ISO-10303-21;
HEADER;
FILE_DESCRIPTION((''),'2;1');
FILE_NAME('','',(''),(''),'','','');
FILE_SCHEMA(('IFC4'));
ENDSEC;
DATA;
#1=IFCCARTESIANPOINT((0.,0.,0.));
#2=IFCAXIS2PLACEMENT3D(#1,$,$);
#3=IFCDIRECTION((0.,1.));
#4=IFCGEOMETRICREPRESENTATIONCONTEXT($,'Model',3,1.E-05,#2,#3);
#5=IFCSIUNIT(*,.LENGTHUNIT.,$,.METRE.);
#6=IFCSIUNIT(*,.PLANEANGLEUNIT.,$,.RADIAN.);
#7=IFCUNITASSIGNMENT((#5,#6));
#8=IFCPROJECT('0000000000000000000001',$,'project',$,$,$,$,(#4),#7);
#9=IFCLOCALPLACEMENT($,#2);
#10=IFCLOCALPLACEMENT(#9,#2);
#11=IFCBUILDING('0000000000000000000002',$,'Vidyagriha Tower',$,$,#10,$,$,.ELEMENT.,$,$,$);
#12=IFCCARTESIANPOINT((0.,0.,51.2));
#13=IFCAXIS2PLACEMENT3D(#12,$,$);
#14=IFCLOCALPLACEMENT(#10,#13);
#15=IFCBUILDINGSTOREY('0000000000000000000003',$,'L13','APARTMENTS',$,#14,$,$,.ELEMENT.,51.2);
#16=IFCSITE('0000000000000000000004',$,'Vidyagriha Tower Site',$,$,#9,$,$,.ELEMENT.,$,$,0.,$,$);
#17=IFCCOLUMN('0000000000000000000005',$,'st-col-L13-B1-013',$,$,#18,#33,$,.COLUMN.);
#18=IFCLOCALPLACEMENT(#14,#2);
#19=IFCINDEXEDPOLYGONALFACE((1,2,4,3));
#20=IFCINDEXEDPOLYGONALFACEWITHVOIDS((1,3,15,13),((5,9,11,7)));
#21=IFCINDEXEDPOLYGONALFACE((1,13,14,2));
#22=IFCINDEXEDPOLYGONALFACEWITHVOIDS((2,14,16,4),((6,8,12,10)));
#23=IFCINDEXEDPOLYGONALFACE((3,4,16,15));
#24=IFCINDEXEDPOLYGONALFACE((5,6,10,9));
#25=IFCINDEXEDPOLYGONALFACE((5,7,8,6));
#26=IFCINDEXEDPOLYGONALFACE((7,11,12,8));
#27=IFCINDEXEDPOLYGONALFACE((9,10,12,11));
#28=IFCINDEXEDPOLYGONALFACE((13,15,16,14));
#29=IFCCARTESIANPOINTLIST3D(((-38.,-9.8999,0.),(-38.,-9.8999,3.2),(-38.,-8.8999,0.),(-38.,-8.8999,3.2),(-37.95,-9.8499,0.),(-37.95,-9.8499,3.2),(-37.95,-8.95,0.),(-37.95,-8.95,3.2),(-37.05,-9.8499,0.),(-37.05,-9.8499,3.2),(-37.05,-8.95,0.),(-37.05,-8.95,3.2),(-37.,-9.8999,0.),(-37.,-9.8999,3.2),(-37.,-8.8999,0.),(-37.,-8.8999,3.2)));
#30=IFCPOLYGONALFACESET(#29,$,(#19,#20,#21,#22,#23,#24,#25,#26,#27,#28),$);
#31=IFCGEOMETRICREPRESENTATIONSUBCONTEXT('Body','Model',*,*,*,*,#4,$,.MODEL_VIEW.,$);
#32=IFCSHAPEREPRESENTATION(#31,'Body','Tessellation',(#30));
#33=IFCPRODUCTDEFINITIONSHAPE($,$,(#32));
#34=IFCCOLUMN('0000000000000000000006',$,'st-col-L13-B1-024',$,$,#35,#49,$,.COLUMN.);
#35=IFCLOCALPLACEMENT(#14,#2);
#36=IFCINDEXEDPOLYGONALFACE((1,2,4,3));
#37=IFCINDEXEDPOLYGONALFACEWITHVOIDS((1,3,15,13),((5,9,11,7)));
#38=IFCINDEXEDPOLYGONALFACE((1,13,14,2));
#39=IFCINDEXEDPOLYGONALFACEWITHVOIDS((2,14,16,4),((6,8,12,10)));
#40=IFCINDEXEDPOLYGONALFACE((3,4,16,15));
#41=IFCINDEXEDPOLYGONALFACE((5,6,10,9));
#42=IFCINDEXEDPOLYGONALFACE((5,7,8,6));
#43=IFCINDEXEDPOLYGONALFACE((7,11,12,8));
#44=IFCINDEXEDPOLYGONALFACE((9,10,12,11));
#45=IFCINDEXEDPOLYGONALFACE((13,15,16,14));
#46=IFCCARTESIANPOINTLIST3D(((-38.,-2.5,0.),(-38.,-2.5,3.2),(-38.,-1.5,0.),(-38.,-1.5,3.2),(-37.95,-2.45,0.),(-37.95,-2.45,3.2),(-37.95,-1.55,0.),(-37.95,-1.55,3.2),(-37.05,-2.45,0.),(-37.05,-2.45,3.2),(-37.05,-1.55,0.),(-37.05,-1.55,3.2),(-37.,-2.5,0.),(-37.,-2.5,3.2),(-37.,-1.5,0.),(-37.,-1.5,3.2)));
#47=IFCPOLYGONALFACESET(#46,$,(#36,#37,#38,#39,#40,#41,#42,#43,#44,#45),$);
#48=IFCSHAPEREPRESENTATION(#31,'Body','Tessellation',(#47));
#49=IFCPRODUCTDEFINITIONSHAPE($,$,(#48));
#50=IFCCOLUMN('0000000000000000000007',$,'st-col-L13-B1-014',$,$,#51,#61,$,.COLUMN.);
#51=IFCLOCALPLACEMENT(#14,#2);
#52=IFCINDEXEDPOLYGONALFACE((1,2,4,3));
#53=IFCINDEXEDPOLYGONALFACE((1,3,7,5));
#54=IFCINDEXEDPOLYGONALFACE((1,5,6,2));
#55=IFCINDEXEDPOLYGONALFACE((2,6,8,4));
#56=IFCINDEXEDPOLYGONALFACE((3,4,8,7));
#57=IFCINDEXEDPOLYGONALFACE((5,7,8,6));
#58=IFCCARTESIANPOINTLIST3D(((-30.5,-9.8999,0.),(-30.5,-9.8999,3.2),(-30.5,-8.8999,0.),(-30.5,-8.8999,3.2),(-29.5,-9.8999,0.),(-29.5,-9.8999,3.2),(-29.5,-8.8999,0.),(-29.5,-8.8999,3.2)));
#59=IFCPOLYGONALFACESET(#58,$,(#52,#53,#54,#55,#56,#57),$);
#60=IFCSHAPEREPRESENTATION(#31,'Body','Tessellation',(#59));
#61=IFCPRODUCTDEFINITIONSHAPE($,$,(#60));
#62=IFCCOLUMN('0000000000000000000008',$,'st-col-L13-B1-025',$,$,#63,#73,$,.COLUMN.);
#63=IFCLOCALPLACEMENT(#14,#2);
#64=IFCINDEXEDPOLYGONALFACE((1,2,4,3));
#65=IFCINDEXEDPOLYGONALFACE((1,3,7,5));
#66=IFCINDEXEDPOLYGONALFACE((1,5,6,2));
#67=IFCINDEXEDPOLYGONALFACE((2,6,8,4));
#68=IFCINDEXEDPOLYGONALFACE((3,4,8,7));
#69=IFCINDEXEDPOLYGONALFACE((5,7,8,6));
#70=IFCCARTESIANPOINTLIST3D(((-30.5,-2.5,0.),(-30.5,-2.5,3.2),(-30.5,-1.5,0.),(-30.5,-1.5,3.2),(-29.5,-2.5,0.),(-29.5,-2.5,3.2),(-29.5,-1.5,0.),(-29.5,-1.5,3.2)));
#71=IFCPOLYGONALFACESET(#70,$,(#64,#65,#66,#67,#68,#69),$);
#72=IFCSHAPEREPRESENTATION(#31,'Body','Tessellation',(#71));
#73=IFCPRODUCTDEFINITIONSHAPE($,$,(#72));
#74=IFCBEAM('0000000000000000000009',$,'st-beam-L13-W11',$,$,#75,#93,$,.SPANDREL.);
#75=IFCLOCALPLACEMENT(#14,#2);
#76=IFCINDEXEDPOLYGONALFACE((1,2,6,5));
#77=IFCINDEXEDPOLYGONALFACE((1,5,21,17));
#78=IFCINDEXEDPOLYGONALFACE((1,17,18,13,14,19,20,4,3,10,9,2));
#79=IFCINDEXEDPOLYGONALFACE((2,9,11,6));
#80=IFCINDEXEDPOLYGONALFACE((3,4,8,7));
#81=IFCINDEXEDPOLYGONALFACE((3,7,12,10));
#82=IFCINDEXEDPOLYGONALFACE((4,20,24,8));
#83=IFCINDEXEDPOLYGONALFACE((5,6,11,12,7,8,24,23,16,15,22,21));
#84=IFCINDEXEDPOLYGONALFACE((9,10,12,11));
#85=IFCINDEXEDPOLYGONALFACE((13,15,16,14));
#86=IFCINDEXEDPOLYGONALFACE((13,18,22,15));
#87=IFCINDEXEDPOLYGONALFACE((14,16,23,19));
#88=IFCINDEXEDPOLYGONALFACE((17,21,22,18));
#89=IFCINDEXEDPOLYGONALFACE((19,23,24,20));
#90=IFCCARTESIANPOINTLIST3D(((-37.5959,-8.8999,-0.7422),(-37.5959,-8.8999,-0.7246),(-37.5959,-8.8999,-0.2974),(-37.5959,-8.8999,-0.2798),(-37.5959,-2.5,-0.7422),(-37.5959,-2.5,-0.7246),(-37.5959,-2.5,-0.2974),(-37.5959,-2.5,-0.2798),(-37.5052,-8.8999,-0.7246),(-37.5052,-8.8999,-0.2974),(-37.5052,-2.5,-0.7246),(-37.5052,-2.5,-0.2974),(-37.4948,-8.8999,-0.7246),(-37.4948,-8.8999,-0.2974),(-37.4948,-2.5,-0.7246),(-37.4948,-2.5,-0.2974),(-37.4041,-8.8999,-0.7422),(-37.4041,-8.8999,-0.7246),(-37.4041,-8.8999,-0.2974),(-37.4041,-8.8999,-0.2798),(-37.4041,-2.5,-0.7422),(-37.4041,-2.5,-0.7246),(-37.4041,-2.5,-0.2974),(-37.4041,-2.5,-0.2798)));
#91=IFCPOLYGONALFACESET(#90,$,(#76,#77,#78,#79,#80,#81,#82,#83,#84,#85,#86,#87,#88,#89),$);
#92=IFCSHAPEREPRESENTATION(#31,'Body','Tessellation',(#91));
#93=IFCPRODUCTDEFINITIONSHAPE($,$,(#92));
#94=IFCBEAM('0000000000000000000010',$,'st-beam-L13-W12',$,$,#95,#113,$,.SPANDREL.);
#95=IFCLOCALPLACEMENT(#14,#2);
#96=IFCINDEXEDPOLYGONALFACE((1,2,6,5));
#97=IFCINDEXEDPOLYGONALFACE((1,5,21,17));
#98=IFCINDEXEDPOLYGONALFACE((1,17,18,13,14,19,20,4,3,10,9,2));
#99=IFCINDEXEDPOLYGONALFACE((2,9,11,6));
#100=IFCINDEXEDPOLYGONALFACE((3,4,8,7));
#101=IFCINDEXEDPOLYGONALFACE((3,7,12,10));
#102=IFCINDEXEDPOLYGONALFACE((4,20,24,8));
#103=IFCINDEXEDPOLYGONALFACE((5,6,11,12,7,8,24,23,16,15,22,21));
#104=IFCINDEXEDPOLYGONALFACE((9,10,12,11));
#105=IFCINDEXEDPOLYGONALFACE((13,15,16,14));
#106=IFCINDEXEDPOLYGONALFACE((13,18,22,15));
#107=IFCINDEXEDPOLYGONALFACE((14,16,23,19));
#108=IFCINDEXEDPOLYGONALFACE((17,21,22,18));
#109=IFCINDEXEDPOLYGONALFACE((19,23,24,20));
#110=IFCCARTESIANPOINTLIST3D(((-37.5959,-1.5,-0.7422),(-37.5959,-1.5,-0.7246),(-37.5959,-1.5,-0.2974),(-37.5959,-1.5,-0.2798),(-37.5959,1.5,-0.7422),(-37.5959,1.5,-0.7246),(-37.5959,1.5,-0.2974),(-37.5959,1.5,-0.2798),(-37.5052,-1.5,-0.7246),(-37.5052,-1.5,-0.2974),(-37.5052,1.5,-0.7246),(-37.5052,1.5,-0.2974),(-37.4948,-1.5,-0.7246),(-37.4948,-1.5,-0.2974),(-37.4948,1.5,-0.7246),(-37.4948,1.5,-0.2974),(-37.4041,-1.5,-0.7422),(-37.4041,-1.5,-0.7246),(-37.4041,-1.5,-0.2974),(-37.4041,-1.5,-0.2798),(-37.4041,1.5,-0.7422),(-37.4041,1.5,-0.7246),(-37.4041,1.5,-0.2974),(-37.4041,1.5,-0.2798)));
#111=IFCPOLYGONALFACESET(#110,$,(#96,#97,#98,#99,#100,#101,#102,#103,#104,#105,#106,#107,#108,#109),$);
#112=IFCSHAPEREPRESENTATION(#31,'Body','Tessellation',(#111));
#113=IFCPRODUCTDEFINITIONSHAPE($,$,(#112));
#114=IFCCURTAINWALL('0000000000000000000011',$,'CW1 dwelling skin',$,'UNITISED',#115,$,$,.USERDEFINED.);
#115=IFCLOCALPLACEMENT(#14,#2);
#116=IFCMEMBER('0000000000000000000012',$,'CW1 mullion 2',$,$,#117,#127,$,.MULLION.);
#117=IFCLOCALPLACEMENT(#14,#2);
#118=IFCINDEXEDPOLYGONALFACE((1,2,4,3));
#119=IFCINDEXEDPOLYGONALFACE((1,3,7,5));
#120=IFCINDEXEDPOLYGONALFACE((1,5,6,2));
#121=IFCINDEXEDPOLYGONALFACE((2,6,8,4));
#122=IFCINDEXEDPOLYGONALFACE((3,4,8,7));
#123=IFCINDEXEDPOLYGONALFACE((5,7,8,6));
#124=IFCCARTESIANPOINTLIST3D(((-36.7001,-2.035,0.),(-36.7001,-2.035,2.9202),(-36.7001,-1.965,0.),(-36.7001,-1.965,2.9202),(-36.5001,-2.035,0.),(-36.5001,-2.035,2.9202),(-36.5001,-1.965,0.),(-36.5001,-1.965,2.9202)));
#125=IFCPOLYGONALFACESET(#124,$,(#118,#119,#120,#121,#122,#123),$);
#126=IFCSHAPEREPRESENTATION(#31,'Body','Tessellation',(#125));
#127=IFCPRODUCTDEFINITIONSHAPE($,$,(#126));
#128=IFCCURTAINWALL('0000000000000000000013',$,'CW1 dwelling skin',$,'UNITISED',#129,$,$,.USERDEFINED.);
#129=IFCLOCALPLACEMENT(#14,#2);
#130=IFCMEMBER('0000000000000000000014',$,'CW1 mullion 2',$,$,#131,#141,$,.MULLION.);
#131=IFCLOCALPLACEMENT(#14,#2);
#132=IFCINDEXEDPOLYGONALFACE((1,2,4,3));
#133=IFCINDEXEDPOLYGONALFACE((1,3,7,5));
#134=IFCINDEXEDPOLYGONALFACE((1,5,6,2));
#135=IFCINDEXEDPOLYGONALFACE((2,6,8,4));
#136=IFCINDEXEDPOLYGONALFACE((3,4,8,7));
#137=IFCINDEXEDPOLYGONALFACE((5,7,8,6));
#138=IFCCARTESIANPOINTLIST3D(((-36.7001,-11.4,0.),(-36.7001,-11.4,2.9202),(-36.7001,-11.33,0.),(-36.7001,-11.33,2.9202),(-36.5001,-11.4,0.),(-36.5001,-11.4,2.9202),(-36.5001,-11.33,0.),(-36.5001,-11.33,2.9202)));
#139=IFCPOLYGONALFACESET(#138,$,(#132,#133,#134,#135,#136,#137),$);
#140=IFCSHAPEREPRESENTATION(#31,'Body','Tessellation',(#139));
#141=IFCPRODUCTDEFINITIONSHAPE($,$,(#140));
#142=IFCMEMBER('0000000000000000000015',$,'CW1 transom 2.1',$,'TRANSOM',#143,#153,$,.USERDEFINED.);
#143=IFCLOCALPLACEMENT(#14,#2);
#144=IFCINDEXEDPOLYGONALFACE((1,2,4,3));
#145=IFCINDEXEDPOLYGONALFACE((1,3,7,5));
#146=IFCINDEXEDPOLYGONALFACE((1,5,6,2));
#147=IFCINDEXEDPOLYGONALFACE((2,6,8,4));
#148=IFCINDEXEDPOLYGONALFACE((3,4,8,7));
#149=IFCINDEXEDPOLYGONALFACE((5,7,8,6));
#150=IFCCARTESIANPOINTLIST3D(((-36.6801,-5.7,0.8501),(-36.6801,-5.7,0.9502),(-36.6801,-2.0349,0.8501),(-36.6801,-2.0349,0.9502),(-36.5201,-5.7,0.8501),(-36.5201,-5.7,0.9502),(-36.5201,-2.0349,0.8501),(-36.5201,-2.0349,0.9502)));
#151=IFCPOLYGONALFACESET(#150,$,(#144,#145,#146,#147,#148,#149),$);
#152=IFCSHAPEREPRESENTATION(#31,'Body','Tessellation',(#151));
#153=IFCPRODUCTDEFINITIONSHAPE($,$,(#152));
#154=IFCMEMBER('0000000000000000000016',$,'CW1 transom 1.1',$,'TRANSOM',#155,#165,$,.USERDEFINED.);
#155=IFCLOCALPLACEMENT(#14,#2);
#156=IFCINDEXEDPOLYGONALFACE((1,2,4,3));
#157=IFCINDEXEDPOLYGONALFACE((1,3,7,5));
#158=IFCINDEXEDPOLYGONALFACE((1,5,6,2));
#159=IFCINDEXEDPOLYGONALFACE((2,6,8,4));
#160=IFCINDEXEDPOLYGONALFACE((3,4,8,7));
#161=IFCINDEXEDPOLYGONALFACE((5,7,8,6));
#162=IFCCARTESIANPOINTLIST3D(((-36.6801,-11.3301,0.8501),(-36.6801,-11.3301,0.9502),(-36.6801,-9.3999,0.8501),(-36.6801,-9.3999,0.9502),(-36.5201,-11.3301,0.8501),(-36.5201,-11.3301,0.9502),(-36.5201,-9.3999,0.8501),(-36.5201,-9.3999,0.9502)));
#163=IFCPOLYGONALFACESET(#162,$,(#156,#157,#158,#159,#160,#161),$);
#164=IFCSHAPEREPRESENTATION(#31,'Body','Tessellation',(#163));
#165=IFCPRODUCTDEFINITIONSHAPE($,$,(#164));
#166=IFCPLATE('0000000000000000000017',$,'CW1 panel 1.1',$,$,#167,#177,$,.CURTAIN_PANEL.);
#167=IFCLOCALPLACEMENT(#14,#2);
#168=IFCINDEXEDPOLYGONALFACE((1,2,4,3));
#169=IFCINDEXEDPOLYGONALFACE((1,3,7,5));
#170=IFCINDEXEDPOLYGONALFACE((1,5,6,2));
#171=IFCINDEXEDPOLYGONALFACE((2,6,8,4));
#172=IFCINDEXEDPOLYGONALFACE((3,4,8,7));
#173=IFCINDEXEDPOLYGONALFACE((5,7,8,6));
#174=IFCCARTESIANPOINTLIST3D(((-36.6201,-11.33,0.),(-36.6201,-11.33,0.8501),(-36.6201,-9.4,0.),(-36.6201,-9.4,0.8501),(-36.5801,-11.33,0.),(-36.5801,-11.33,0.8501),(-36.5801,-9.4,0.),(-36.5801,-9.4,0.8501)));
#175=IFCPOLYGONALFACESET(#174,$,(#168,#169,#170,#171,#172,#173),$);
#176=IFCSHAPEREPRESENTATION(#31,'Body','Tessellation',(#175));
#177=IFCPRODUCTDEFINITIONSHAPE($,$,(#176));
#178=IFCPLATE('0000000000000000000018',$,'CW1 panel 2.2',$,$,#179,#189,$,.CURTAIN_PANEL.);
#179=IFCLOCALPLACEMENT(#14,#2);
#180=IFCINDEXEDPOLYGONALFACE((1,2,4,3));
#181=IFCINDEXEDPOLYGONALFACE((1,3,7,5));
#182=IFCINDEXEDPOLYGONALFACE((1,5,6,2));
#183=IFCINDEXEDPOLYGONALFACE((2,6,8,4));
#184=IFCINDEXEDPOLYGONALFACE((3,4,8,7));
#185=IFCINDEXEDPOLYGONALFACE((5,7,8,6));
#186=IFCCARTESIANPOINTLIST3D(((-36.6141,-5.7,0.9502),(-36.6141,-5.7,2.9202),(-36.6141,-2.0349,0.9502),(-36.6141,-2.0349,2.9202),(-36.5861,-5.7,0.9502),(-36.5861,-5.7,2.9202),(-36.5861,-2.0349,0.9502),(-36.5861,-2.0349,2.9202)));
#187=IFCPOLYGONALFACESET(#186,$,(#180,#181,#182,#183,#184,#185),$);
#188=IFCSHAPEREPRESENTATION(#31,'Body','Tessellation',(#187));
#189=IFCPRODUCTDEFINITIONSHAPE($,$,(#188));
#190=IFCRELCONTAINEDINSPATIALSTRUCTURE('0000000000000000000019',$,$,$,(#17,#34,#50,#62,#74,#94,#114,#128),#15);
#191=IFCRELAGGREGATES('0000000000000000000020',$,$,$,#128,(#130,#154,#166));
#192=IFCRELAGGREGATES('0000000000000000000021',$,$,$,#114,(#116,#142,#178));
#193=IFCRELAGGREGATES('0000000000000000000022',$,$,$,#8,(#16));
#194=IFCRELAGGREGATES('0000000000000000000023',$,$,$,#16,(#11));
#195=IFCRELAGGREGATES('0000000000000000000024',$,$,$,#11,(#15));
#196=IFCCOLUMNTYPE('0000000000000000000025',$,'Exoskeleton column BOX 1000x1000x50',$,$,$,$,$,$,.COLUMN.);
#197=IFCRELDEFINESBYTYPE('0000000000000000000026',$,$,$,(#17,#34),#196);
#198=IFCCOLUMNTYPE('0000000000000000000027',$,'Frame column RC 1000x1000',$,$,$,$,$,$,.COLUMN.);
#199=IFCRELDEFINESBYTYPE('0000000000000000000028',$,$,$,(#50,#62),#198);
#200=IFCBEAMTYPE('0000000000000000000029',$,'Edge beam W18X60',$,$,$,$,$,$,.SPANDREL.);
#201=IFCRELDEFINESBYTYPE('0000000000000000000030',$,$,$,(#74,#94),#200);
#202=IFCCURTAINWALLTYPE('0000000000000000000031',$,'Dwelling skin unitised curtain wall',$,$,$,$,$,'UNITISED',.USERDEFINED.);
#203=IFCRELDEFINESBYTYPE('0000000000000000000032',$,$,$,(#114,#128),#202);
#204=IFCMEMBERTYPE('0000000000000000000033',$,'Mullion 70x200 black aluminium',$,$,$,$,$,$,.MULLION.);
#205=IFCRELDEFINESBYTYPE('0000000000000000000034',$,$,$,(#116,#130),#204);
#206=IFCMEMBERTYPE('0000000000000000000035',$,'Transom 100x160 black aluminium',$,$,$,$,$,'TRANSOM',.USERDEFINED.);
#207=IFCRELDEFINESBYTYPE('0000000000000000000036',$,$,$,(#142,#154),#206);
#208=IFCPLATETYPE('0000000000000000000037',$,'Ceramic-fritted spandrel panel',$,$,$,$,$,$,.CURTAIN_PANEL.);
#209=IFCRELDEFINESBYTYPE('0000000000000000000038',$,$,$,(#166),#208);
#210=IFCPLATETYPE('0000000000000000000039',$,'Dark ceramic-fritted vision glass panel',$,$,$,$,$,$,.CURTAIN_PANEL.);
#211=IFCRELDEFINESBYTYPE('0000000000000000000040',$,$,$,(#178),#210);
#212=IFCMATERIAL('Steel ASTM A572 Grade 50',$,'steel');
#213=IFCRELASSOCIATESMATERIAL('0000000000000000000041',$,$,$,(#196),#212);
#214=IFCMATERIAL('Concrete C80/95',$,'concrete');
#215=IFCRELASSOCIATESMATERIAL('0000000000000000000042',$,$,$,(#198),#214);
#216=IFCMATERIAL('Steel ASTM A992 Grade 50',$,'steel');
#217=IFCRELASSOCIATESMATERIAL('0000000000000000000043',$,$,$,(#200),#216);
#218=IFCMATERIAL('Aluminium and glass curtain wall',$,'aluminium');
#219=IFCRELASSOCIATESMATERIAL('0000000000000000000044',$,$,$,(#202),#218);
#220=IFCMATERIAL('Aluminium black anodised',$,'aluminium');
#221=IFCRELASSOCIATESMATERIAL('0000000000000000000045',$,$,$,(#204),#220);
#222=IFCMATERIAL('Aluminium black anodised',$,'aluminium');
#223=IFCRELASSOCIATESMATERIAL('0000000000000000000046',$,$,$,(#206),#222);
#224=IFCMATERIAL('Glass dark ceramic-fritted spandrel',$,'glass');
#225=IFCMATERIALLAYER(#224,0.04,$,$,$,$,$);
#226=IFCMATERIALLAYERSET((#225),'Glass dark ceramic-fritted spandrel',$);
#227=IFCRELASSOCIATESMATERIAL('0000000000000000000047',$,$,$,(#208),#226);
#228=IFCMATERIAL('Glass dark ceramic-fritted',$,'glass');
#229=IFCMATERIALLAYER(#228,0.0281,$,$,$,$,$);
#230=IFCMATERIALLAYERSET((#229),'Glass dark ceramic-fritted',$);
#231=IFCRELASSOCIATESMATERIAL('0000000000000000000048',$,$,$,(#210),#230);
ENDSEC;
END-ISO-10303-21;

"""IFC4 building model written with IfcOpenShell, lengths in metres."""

from ifc_helpers import new_model, si_unit, direction, frame, origin, origin_2d, place, context, subcontext, project, spatial, rectangle, hollow_rectangle, i_section, extrude, material, layer, layer_set, material_profile, profile_set, type_object, element, aggregate, save


model = new_model("IFC4")

# Units and contexts
model_context = context("Model", 3, precision=1e-05, world=origin(), true_north=direction((0.0, 1.0)))
body_context = subcontext(model_context, "Body", "Model", "MODEL_VIEW")
ifc_project = project(units=[si_unit("LENGTHUNIT", "METRE"), si_unit("PLANEANGLEUNIT", "RADIAN")], contexts=[model_context])

# Site, building, storey
site_placement = place(None, origin())
site = spatial("IfcSite", under=ifc_project, at=site_placement, Name="Vidyagriha Tower Site", CompositionType="ELEMENT", RefElevation=0.0)
building_placement = place(site_placement, origin())
building = spatial("IfcBuilding", under=site, at=building_placement, Name="Vidyagriha Tower", CompositionType="ELEMENT")
storey_placement = place(building_placement, frame((0.0, 0.0, 51.2)))
storey = spatial("IfcBuildingStorey", under=building, at=storey_placement, Name="L13", Description="APARTMENTS", CompositionType="ELEMENT", Elevation=51.2)

# Columns
ifc_material_1 = material(Name="Steel ASTM A572 Grade 50", Category="steel")
ifc_material_profile_1 = material_profile(ifc_material_1, hollow_rectangle(XDim=1.0, YDim=1.0, WallThickness=0.05, at=origin_2d()), Name="BOX 1000x1000x50")
ifc_profile_set_1 = profile_set([ifc_material_profile_1], Name="Steel ASTM A572 Grade 50")
column_type_1 = type_object("IfcColumnType", Name="Exoskeleton column BOX 1000x1000x50", PredefinedType="COLUMN", material=ifc_profile_set_1)
for number, where, name in (
    (1, (-37.5, -9.3999, 0.0), "st-col-L13-B1-013"),
    (2, (-37.5, -2.0, 0.0), "st-col-L13-B1-024"),
):
    element("IfcColumn", number, at=place(storey_placement, frame(where)), inside=storey, type_object=column_type_1, Name=name, PredefinedType="COLUMN", context=body_context, shape_type="SweptSolid", body=[
        extrude(hollow_rectangle(XDim=1.0, YDim=1.0, WallThickness=0.05, at=origin_2d()), origin(), (0.0, 0.0, 1.0), 3.2),
    ])
ifc_material_2 = material(Name="Concrete C80/95", Category="concrete")
ifc_material_profile_2 = material_profile(ifc_material_2, rectangle(XDim=1.0, YDim=1.0, at=origin_2d()), Name="RC 1000x1000")
ifc_profile_set_2 = profile_set([ifc_material_profile_2], Name="Concrete C80/95")
column_type_2 = type_object("IfcColumnType", Name="Frame column RC 1000x1000", PredefinedType="COLUMN", material=ifc_profile_set_2)
for number, where, name in (
    (3, (-30.0, -9.3999, 0.0), "st-col-L13-B1-014"),
    (4, (-30.0, -2.0, 0.0), "st-col-L13-B1-025"),
):
    element("IfcColumn", number, at=place(storey_placement, frame(where)), inside=storey, type_object=column_type_2, Name=name, PredefinedType="COLUMN", context=body_context, shape_type="SweptSolid", body=[
        extrude(rectangle(XDim=1.0, YDim=1.0, at=origin_2d()), origin(), (0.0, 0.0, 1.0), 3.2),
    ])

# Beams
ifc_material_3 = material(Name="Steel ASTM A992 Grade 50", Category="steel")
ifc_material_profile_3 = material_profile(ifc_material_3, i_section(OverallWidth=0.1919, OverallDepth=0.4624, WebThickness=0.0105, FlangeThickness=0.0176, at=origin_2d()), Name="W18X60")
ifc_profile_set_3 = profile_set([ifc_material_profile_3], Name="Steel ASTM A992 Grade 50")
beam_type = type_object("IfcBeamType", Name="Edge beam W18X60", PredefinedType="SPANDREL", material=ifc_profile_set_3)
beam_1_placement = place(storey_placement, frame((-37.5, -8.8999, -0.511), z_axis=(0.0, 1.0, 0.0), x_axis=(-1.0, 0.0, 0.0)))
element("IfcBeam", 5, at=beam_1_placement, inside=storey, type_object=beam_type, Name="st-beam-L13-W11", PredefinedType="SPANDREL", context=body_context, shape_type="SweptSolid", body=[
    extrude(i_section(OverallWidth=0.1919, OverallDepth=0.4624, WebThickness=0.0105, FlangeThickness=0.0176, at=origin_2d()), origin(), (0.0, 0.0, 1.0), 6.3999),
])
beam_2_placement = place(storey_placement, frame((-37.5, -1.5, -0.511), z_axis=(0.0, 1.0, 0.0), x_axis=(-1.0, 0.0, 0.0)))
element("IfcBeam", 6, at=beam_2_placement, inside=storey, type_object=beam_type, Name="st-beam-L13-W12", PredefinedType="SPANDREL", context=body_context, shape_type="SweptSolid", body=[
    extrude(i_section(OverallWidth=0.1919, OverallDepth=0.4624, WebThickness=0.0105, FlangeThickness=0.0176, at=origin_2d()), origin(), (0.0, 0.0, 1.0), 3.0),
])

# Curtain walls, members
ifc_material_4 = material(Name="Aluminium and glass curtain wall", Category="aluminium")
curtain_wall_type = type_object("IfcCurtainWallType", Name="Dwelling skin unitised curtain wall", ElementType="UNITISED", PredefinedType="USERDEFINED", material=ifc_material_4)
curtain_wall_1_placement = place(storey_placement, origin())
curtain_wall_1 = element("IfcCurtainWall", 7, at=curtain_wall_1_placement, inside=storey, type_object=curtain_wall_type, Name="CW1 dwelling skin", ObjectType="UNITISED", PredefinedType="USERDEFINED")
ifc_material_5 = material(Name="Aluminium black anodised", Category="aluminium")
ifc_material_profile_4 = material_profile(ifc_material_5, rectangle(XDim=0.2, YDim=0.0701, at=origin_2d()), Name="Mullion 70x200 black aluminium")
ifc_profile_set_4 = profile_set([ifc_material_profile_4], Name="Aluminium black anodised")
member_type_1 = type_object("IfcMemberType", Name="Mullion 70x200 black aluminium", PredefinedType="MULLION", material=ifc_profile_set_4)
member_1_placement = place(storey_placement, frame((-36.6001, -2.0, 0.0)))
member_1 = element("IfcMember", 8, at=member_1_placement, type_object=member_type_1, Name="CW1 mullion 2", PredefinedType="MULLION", context=body_context, shape_type="SweptSolid", body=[
    extrude(rectangle(XDim=0.2, YDim=0.0701, at=origin_2d()), origin(), (0.0, 0.0, 1.0), 2.9202),
])
curtain_wall_2_placement = place(storey_placement, origin())
curtain_wall_2 = element("IfcCurtainWall", 9, at=curtain_wall_2_placement, inside=storey, type_object=curtain_wall_type, Name="CW1 dwelling skin", ObjectType="UNITISED", PredefinedType="USERDEFINED")
member_2_placement = place(storey_placement, frame((-36.6001, -11.365, 0.0)))
member_2 = element("IfcMember", 10, at=member_2_placement, type_object=member_type_1, Name="CW1 mullion 2", PredefinedType="MULLION", context=body_context, shape_type="SweptSolid", body=[
    extrude(rectangle(XDim=0.2, YDim=0.0701, at=origin_2d()), origin(), (0.0, 0.0, 1.0), 2.9202),
])

# Members
ifc_material_6 = material(Name="Aluminium black anodised", Category="aluminium")
ifc_material_profile_5 = material_profile(ifc_material_6, rectangle(XDim=0.1599, YDim=0.1001, at=origin_2d()), Name="Transom 100x160 black aluminium")
ifc_profile_set_5 = profile_set([ifc_material_profile_5], Name="Aluminium black anodised")
member_type_2 = type_object("IfcMemberType", Name="Transom 100x160 black aluminium", ElementType="TRANSOM", PredefinedType="USERDEFINED", material=ifc_profile_set_5)
member_3_placement = place(storey_placement, frame((-36.6001, -2.0349, 0.9001), z_axis=(0.0, -1.0, 0.0), x_axis=(1.0, 0.0, 0.0)))
member_3 = element("IfcMember", 11, at=member_3_placement, type_object=member_type_2, Name="CW1 transom 2.1", ObjectType="TRANSOM", PredefinedType="USERDEFINED", context=body_context, shape_type="SweptSolid", body=[
    extrude(rectangle(XDim=0.1599, YDim=0.1001, at=origin_2d()), origin(), (0.0, 0.0, 1.0), 3.665),
])
member_4_placement = place(storey_placement, frame((-36.6001, -9.3999, 0.9001), z_axis=(0.0, -1.0, 0.0), x_axis=(1.0, 0.0, 0.0)))
member_4 = element("IfcMember", 12, at=member_4_placement, type_object=member_type_2, Name="CW1 transom 1.1", ObjectType="TRANSOM", PredefinedType="USERDEFINED", context=body_context, shape_type="SweptSolid", body=[
    extrude(rectangle(XDim=0.1599, YDim=0.1001, at=origin_2d()), origin(), (0.0, 0.0, 1.0), 1.9302),
])

# Plates
ifc_material_7 = material(Name="Glass dark ceramic-fritted spandrel", Category="glass")
ifc_layer_1 = layer(ifc_material_7, 0.04)
ifc_layer_set_1 = layer_set([ifc_layer_1], Name="Glass dark ceramic-fritted spandrel")
plate_type_1 = type_object("IfcPlateType", Name="Ceramic-fritted spandrel panel", PredefinedType="CURTAIN_PANEL", material=ifc_layer_set_1)
plate_1_placement = place(storey_placement, frame((-36.6001, -10.365, 0.0), z_axis=(0.0, 0.0, 1.0), x_axis=(0.0, -1.0, 0.0)))
plate_1 = element("IfcPlate", 13, at=plate_1_placement, type_object=plate_type_1, Name="CW1 panel 1.1", PredefinedType="CURTAIN_PANEL", context=body_context, shape_type="SweptSolid", body=[
    extrude(rectangle(XDim=1.9299, YDim=0.04, at=origin_2d()), origin(), (0.0, 0.0, 1.0), 0.8501),
])
ifc_material_8 = material(Name="Glass dark ceramic-fritted", Category="glass")
ifc_layer_2 = layer(ifc_material_8, 0.0281)
ifc_layer_set_2 = layer_set([ifc_layer_2], Name="Glass dark ceramic-fritted")
plate_type_2 = type_object("IfcPlateType", Name="Dark ceramic-fritted vision glass panel", PredefinedType="CURTAIN_PANEL", material=ifc_layer_set_2)
plate_2_placement = place(storey_placement, frame((-36.6001, -3.8674, 0.9502), z_axis=(0.0, 0.0, 1.0), x_axis=(0.0, -1.0, 0.0)))
plate_2 = element("IfcPlate", 14, at=plate_2_placement, type_object=plate_type_2, Name="CW1 panel 2.2", PredefinedType="CURTAIN_PANEL", context=body_context, shape_type="SweptSolid", body=[
    extrude(rectangle(XDim=3.665, YDim=0.0281, at=origin_2d()), origin(), (0.0, 0.0, 1.0), 1.97),
])
aggregate(curtain_wall_2, [member_2, member_4, plate_1])
aggregate(curtain_wall_1, [member_1, member_3, plate_2])

save(model, "model.ifc")
